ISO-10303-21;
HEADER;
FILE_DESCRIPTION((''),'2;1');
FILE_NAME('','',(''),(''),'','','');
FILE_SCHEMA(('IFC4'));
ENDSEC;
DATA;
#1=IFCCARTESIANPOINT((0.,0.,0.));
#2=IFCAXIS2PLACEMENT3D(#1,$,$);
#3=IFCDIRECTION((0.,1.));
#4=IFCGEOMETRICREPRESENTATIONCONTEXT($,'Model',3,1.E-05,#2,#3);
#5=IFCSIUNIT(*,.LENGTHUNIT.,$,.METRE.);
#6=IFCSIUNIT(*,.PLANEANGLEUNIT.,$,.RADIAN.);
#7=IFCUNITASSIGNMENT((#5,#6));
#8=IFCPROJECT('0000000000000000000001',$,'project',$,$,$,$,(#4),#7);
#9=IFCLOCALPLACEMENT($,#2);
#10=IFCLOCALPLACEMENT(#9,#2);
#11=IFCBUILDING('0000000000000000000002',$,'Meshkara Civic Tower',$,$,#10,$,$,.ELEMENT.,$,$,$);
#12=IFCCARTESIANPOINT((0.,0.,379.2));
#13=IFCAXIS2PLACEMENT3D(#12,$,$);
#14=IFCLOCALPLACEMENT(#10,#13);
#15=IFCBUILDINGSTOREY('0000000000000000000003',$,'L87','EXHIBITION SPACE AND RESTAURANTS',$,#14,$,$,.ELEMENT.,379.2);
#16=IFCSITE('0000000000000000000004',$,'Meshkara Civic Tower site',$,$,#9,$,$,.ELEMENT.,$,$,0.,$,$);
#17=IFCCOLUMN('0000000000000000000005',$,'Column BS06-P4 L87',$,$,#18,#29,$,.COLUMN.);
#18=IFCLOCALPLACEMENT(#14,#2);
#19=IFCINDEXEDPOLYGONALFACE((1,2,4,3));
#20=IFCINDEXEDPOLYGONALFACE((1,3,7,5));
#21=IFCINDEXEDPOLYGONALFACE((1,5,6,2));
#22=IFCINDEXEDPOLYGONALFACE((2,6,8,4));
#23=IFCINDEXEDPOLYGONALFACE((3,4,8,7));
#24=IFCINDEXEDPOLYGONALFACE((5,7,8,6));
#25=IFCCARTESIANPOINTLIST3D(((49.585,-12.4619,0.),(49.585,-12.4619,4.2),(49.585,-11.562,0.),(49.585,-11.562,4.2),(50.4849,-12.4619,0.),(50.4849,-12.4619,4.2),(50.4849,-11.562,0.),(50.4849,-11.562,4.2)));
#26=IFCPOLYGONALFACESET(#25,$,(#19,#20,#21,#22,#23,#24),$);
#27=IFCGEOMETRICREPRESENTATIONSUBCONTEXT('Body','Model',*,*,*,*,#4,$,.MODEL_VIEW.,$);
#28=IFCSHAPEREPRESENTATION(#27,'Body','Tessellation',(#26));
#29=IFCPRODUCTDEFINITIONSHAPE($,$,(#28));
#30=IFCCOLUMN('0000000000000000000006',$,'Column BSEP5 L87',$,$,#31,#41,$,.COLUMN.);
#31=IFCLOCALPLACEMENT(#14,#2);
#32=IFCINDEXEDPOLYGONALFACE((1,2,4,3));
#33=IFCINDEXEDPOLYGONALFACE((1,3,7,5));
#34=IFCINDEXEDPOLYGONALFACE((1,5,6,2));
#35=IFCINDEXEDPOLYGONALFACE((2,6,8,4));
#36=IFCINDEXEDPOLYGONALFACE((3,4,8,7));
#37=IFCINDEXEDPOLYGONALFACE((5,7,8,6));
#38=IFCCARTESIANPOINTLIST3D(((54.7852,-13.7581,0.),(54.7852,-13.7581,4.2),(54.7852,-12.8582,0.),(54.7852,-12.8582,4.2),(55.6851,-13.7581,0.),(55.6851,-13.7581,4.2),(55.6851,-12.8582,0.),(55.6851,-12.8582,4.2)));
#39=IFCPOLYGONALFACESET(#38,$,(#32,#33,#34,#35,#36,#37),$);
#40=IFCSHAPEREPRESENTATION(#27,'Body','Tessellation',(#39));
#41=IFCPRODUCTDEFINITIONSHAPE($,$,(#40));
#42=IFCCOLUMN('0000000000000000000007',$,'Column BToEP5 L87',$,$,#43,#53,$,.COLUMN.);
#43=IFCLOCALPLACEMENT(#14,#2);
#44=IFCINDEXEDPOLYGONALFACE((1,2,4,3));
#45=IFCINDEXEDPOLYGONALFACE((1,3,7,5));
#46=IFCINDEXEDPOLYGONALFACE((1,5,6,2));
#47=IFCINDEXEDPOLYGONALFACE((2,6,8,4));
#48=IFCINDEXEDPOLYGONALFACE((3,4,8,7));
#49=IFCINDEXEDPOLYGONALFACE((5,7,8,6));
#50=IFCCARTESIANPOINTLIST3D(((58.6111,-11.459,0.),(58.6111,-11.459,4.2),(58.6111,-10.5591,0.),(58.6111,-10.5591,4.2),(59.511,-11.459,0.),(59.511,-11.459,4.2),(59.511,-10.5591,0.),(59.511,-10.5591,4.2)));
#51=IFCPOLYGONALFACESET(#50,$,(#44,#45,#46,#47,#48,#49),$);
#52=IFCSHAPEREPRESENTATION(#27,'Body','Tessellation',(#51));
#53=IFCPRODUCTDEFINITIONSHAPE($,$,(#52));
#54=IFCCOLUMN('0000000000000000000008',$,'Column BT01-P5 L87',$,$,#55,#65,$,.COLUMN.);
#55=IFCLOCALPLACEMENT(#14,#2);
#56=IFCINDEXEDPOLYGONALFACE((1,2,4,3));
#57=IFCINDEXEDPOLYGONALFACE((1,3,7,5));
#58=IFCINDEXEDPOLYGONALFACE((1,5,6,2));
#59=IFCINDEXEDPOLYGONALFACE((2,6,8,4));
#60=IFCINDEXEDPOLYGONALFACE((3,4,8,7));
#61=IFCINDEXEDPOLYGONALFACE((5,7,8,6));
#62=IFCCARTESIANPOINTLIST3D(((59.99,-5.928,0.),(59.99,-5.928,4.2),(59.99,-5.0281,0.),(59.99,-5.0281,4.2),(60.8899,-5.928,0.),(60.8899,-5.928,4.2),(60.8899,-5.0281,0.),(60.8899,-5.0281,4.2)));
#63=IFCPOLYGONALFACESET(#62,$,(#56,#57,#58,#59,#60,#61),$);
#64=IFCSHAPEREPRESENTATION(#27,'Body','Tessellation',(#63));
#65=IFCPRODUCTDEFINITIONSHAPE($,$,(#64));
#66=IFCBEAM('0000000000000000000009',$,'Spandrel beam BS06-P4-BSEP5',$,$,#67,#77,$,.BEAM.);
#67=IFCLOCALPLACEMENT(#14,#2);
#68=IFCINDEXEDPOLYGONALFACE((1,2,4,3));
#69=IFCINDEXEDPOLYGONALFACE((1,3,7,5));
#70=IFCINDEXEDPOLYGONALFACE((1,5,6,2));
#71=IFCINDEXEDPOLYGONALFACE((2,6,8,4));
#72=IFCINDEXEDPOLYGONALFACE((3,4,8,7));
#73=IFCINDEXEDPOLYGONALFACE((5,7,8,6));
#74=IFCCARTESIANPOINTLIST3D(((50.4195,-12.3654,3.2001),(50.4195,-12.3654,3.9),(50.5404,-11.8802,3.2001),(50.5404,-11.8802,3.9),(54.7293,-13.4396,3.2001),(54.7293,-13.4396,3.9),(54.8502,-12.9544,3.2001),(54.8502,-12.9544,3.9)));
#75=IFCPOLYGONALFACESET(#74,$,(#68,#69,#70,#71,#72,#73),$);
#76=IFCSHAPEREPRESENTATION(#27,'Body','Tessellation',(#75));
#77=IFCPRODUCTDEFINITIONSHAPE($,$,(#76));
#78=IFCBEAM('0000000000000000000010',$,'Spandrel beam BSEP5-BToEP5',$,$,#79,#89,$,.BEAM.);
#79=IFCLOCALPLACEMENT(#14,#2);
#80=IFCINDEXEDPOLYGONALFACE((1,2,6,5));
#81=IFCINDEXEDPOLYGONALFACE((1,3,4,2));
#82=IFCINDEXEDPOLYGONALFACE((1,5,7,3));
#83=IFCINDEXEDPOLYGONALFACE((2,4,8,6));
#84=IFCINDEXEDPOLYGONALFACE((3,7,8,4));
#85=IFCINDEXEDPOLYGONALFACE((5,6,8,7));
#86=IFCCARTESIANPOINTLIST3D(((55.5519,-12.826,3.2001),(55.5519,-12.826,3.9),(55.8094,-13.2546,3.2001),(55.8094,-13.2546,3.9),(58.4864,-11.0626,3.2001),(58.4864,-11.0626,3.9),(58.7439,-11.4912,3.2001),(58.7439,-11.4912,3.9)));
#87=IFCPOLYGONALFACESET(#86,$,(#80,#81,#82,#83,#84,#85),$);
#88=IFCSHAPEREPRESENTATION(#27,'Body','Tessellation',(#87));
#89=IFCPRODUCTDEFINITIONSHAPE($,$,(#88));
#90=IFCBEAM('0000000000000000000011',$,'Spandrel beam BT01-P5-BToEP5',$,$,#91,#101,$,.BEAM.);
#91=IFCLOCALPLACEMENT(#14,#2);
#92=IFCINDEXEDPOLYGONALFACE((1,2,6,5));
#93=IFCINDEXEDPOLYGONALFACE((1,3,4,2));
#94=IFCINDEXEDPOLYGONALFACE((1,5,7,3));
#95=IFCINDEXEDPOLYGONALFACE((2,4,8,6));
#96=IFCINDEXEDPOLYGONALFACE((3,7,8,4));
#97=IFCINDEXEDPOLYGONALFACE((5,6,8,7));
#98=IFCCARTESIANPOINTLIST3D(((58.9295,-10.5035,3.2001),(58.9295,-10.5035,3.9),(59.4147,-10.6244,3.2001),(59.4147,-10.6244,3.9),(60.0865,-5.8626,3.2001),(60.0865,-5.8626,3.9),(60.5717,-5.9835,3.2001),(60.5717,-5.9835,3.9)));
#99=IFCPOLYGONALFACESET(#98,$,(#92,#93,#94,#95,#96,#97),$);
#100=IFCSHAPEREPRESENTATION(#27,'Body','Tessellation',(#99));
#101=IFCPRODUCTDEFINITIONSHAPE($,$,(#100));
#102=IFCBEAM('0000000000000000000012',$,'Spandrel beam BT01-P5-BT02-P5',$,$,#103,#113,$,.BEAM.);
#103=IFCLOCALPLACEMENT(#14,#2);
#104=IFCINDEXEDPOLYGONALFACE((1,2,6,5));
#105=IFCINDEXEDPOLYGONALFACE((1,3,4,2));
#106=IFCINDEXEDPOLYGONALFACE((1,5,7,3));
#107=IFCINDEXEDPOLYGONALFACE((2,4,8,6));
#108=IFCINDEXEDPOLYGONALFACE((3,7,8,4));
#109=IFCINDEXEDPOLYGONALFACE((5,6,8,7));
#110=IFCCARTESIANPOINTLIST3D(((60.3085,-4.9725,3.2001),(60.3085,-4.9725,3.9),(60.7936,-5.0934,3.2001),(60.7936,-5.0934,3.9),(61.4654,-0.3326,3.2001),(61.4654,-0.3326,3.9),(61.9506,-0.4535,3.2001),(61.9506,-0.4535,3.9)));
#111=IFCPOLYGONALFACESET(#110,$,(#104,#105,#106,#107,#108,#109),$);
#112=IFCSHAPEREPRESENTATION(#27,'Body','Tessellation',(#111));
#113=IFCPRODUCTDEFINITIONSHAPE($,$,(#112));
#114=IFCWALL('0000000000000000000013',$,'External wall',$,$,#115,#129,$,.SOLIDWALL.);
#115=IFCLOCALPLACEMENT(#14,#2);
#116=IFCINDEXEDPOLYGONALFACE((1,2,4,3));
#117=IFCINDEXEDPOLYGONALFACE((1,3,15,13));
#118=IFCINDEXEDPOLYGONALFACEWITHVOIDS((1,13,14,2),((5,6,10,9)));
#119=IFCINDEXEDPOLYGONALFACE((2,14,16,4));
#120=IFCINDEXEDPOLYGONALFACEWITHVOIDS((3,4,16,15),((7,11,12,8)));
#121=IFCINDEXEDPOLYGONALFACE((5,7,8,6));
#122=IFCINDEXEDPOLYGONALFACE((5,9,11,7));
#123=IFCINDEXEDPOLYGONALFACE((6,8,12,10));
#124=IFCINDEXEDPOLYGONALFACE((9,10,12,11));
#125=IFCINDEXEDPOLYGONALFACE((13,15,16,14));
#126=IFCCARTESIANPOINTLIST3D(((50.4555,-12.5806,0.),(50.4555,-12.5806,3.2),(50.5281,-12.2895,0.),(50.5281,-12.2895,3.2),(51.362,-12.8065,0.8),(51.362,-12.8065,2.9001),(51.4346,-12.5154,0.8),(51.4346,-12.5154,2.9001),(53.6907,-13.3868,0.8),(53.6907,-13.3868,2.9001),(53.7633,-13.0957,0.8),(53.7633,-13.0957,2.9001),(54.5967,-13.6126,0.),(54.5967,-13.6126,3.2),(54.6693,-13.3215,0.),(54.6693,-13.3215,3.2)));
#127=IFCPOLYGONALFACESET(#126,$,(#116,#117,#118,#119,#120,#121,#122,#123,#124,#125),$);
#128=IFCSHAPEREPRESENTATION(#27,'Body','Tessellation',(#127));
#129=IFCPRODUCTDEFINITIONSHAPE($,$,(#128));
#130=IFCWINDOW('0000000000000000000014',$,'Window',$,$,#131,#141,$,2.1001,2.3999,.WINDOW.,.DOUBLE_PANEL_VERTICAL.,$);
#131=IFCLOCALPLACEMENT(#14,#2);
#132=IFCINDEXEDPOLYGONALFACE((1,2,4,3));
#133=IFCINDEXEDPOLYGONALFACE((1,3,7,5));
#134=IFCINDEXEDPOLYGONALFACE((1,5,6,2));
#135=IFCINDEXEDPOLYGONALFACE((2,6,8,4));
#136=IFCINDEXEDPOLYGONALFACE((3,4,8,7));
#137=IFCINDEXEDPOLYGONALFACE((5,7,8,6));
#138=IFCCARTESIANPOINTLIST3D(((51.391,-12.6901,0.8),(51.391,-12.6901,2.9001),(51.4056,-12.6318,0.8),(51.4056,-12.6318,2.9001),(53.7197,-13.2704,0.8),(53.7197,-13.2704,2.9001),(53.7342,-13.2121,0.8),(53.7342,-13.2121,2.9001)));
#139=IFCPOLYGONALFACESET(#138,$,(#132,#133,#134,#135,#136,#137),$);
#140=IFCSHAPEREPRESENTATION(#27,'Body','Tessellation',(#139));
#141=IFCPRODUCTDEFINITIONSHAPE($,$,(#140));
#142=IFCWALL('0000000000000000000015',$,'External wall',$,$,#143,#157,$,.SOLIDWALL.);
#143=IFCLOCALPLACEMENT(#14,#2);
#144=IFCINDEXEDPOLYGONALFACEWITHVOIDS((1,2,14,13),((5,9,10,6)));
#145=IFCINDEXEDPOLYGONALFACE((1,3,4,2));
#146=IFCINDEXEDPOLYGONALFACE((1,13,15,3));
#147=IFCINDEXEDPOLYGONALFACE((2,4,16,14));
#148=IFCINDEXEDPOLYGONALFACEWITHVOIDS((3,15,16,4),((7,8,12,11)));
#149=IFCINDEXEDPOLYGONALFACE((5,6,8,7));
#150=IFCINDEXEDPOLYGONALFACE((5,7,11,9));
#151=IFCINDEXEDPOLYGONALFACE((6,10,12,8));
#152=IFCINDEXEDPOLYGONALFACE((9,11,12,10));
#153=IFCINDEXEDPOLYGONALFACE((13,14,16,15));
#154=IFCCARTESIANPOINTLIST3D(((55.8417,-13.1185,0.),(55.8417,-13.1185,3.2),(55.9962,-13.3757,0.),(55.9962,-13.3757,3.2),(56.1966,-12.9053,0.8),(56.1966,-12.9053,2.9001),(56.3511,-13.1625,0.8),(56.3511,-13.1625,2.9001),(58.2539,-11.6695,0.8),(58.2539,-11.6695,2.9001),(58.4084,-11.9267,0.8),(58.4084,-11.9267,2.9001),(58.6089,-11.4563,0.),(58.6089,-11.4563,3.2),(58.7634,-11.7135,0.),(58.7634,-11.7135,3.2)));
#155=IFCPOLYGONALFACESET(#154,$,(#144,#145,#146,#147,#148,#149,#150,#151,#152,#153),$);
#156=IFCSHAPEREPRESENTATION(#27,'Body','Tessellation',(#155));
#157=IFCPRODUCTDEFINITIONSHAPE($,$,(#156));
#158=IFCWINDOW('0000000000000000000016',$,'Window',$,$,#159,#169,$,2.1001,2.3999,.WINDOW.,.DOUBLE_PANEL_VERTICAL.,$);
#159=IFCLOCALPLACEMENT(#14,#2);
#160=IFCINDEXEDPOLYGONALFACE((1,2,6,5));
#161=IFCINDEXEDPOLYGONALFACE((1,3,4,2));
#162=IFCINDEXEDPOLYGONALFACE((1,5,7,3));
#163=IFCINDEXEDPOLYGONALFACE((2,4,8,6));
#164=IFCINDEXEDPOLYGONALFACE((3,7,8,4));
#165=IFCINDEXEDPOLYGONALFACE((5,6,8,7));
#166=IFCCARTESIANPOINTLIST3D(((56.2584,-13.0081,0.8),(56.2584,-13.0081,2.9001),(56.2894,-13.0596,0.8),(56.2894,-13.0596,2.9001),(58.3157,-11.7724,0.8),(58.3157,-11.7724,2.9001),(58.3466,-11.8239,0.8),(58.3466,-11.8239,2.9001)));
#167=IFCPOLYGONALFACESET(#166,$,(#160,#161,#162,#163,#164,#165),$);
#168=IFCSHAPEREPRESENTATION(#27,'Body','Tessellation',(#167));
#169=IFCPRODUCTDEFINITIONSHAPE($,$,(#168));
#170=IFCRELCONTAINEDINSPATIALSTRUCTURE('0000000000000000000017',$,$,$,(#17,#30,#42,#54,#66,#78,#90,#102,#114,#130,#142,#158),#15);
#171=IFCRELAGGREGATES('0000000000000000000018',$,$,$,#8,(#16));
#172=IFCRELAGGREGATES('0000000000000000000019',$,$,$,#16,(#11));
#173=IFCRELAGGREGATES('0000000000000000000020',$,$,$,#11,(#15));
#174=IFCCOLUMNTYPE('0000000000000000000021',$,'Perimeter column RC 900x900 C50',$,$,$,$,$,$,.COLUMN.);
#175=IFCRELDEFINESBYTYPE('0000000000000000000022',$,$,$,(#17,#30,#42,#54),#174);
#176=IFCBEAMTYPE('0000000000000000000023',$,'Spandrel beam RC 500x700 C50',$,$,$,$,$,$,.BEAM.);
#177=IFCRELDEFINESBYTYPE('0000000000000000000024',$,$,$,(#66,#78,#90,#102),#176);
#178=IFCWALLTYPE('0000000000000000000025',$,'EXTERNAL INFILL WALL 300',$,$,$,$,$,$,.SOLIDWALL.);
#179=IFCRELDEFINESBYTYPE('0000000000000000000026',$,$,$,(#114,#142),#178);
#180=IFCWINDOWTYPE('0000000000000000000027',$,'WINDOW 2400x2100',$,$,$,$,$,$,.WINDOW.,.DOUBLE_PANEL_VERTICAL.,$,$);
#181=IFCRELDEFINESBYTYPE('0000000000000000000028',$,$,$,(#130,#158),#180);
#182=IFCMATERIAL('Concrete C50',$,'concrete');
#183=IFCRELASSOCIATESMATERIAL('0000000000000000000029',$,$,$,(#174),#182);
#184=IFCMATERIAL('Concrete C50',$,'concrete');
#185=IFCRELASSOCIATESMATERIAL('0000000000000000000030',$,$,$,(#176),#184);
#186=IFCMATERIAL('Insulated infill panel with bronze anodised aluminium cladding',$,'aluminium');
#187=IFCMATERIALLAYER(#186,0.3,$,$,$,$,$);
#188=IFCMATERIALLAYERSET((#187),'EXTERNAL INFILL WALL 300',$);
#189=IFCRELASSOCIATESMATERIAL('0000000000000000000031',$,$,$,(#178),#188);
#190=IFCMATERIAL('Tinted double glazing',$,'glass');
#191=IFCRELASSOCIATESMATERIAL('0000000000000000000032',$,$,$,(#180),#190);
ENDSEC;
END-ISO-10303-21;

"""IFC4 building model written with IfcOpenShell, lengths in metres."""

from ifc_helpers import new_model, si_unit, direction, frame, frame_2d, origin, origin_2d, place, context, subcontext, project, spatial, rectangle, extrude, material, layer, layer_set, material_profile, profile_set, type_object, element, fill, save


model = new_model("IFC4")

# Units and contexts
model_context = context("Model", 3, precision=1e-05, world=origin(), true_north=direction((0.0, 1.0)))
body_context = subcontext(model_context, "Body", "Model", "MODEL_VIEW")
ifc_project = project(units=[si_unit("LENGTHUNIT", "METRE"), si_unit("PLANEANGLEUNIT", "RADIAN")], contexts=[model_context])

# Site, building, storey
site_placement = place(None, origin())
site = spatial("IfcSite", under=ifc_project, at=site_placement, Name="Meshkara Civic Tower site", CompositionType="ELEMENT", RefElevation=0.0)
building_placement = place(site_placement, origin())
building = spatial("IfcBuilding", under=site, at=building_placement, Name="Meshkara Civic Tower", CompositionType="ELEMENT")
storey_placement = place(building_placement, frame((0.0, 0.0, 379.2)))
storey = spatial("IfcBuildingStorey", under=building, at=storey_placement, Name="L87", Description="EXHIBITION SPACE AND RESTAURANTS", CompositionType="ELEMENT", Elevation=379.2)

# Columns
ifc_material_1 = material(Name="Concrete C50", Category="concrete")
ifc_material_profile_1 = material_profile(ifc_material_1, rectangle(XDim=0.8999, YDim=0.8999, at=origin_2d()))
ifc_profile_set_1 = profile_set([ifc_material_profile_1], Name="Concrete C50")
column_type = type_object("IfcColumnType", Name="Perimeter column RC 900x900 C50", PredefinedType="COLUMN", material=ifc_profile_set_1)
for number, where, z_axis, x_axis, name in (
    (1, (50.0349, -12.012, 0.0), (0.0, 0.0, 1.0), (1.0, 0.0, 0.0), "Column BS06-P4 L87"),
    (2, (55.2351, -13.3081, 0.0), (0.0, 0.0, 1.0), (1.0, 0.0, 0.0), "Column BSEP5 L87"),
    (3, (59.061, -11.009, 0.0), (0.0, 0.0, 1.0), (1.0, 0.0, 0.0), "Column BToEP5 L87"),
    (4, (60.4399, -5.478, 0.0), (0.0, 0.0, 1.0), (1.0, 0.0, 0.0), "Column BT01-P5 L87"),
):
    element("IfcColumn", number, at=place(storey_placement, frame(where, z_axis=z_axis, x_axis=x_axis)), inside=storey, type_object=column_type, Name=name, PredefinedType="COLUMN", context=body_context, shape_type="SweptSolid", body=[
        extrude(rectangle(XDim=0.8999, YDim=0.8999, at=origin_2d()), origin(), (0.0, 0.0, 1.0), 4.2),
    ])

# Beams
ifc_material_2 = material(Name="Concrete C50", Category="concrete")
ifc_material_profile_2 = material_profile(ifc_material_2, rectangle(XDim=0.5, YDim=0.7, at=origin_2d()))
ifc_profile_set_2 = profile_set([ifc_material_profile_2], Name="Concrete C50")
beam_type = type_object("IfcBeamType", Name="Spandrel beam RC 500x700 C50", PredefinedType="BEAM", material=ifc_profile_set_2)
beam_1_placement = place(storey_placement, frame((50.48, -12.1228, 3.55), z_axis=(0.970314, -0.24185, 0.0), x_axis=(0.24185, 0.970314, 0.0)))
element("IfcBeam", 5, at=beam_1_placement, inside=storey, type_object=beam_type, Name="Spandrel beam BS06-P4-BSEP5", PredefinedType="BEAM", context=body_context, shape_type="SweptSolid", body=[
    extrude(rectangle(XDim=0.5, YDim=0.7, at=origin_2d()), origin(), (0.0, 0.0, 1.0), 4.4417),
])
beam_2_placement = place(storey_placement, frame((55.6807, -13.0403, 3.55), z_axis=(0.857147, 0.515072, 0.0), x_axis=(-0.515072, 0.857147, 0.0)))
element("IfcBeam", 6, at=beam_2_placement, inside=storey, type_object=beam_type, Name="Spandrel beam BSEP5-BToEP5", PredefinedType="BEAM", context=body_context, shape_type="SweptSolid", body=[
    extrude(rectangle(XDim=0.5, YDim=0.7, at=origin_2d()), origin(), (0.0, 0.0, 1.0), 3.4236),
])
beam_3_placement = place(storey_placement, frame((59.1721, -10.564, 3.55), z_axis=(0.241899, 0.970301, 0.0), x_axis=(-0.970301, 0.241899, 0.0)))
element("IfcBeam", 7, at=beam_3_placement, inside=storey, type_object=beam_type, Name="Spandrel beam BT01-P5-BToEP5", PredefinedType="BEAM", context=body_context, shape_type="SweptSolid", body=[
    extrude(rectangle(XDim=0.5, YDim=0.7, at=origin_2d()), origin(), (0.0, 0.0, 1.0), 4.783),
])
beam_4_placement = place(storey_placement, frame((60.551, -5.033, 3.55), z_axis=(0.241947, 0.970289, 0.0), x_axis=(-0.970289, 0.241947, 0.0)))
element("IfcBeam", 8, at=beam_4_placement, inside=storey, type_object=beam_type, Name="Spandrel beam BT01-P5-BT02-P5", PredefinedType="BEAM", context=body_context, shape_type="SweptSolid", body=[
    extrude(rectangle(XDim=0.5, YDim=0.7, at=origin_2d()), origin(), (0.0, 0.0, 1.0), 4.782),
])

# Walls, openings, windows
ifc_material_3 = material(Name="Insulated infill panel with bronze anodised aluminium cladding", Category="aluminium")
ifc_layer_1 = layer(ifc_material_3, 0.3)
ifc_layer_set_1 = layer_set([ifc_layer_1], Name="EXTERNAL INFILL WALL 300")
wall_type_1 = type_object("IfcWallType", Name="EXTERNAL INFILL WALL 300", PredefinedType="SOLIDWALL", material=ifc_layer_set_1)
wall_1_placement = place(storey_placement, frame((50.4919, -12.4351, 0.0), z_axis=(0.0, 0.0, 1.0), x_axis=(0.970324, -0.241809, 0.0)))
wall_1 = element("IfcWall", 9, at=wall_1_placement, inside=storey, type_object=wall_type_1, Name="External wall", PredefinedType="SOLIDWALL", context=body_context, shape_type="SweptSolid", body=[
    extrude(rectangle(XDim=4.2678, YDim=0.3, at=frame_2d((2.1338, 0.0))), origin(), (0.0, 0.0, 1.0), 3.2),
])
opening_1_placement = place(wall_1_placement, frame((0.9341, 0.0, 0.8)))
opening_1 = element("IfcOpeningElement", 10, at=opening_1_placement, cuts=wall_1, PredefinedType="OPENING", context=body_context, shape_type="SweptSolid", body=[
    extrude(rectangle(XDim=2.3999, YDim=2.1001, at=frame_2d((1.2, 1.05))), frame((0.0, 0.1599, 0.0), z_axis=(0.0, -1.0, 0.0), x_axis=(1.0, 0.0, 0.0)), (0.0, 0.0, 1.0), 0.3201),
])
ifc_material_4 = material(Name="Tinted double glazing", Category="glass")
window_type = type_object("IfcWindowType", Name="WINDOW 2400x2100", PartitioningType="DOUBLE_PANEL_VERTICAL", PredefinedType="WINDOW", material=ifc_material_4)
window_1_placement = place(opening_1_placement, origin())
window_1 = element("IfcWindow", 11, at=window_1_placement, inside=storey, type_object=window_type, Name="Window", OverallHeight=2.1001, OverallWidth=2.3999, PartitioningType="DOUBLE_PANEL_VERTICAL", PredefinedType="WINDOW", context=body_context, shape_type="SweptSolid", body=[
    extrude(rectangle(XDim=2.3999, YDim=2.1001, at=frame_2d((1.2, 1.05))), frame((0.0, 0.03, 0.0), z_axis=(0.0, -1.0, 0.0), x_axis=(1.0, 0.0, 0.0)), (0.0, 0.0, 1.0), 0.0601),
])
fill(opening_1, window_1)
wall_2_placement = place(storey_placement, frame((55.9189, -13.2471, 0.0), z_axis=(0.0, 0.0, 1.0), x_axis=(0.857239, 0.514918, 0.0)))
wall_2 = element("IfcWall", 12, at=wall_2_placement, inside=storey, type_object=wall_type_1, Name="External wall", PredefinedType="SOLIDWALL", context=body_context, shape_type="SweptSolid", body=[
    extrude(rectangle(XDim=3.228, YDim=0.3, at=frame_2d((1.614, 0.0))), origin(), (0.0, 0.0, 1.0), 3.2),
])
opening_2_placement = place(wall_2_placement, frame((0.4141, 0.0, 0.8)))
opening_2 = element("IfcOpeningElement", 13, at=opening_2_placement, cuts=wall_2, PredefinedType="OPENING", context=body_context, shape_type="SweptSolid", body=[
    extrude(rectangle(XDim=2.3999, YDim=2.1001, at=frame_2d((1.2, 1.05))), frame((0.0, 0.1599, 0.0), z_axis=(0.0, -1.0, 0.0), x_axis=(1.0, 0.0, 0.0)), (0.0, 0.0, 1.0), 0.3201),
])
window_2_placement = place(opening_2_placement, origin())
window_2 = element("IfcWindow", 14, at=window_2_placement, inside=storey, type_object=window_type, Name="Window", OverallHeight=2.1001, OverallWidth=2.3999, PartitioningType="DOUBLE_PANEL_VERTICAL", PredefinedType="WINDOW", context=body_context, shape_type="SweptSolid", body=[
    extrude(rectangle(XDim=2.3999, YDim=2.1001, at=frame_2d((1.2, 1.05))), frame((0.0, 0.03, 0.0), z_axis=(0.0, -1.0, 0.0), x_axis=(1.0, 0.0, 0.0)), (0.0, 0.0, 1.0), 0.0601),
])
fill(opening_2, window_2)

save(model, "model.ifc")
